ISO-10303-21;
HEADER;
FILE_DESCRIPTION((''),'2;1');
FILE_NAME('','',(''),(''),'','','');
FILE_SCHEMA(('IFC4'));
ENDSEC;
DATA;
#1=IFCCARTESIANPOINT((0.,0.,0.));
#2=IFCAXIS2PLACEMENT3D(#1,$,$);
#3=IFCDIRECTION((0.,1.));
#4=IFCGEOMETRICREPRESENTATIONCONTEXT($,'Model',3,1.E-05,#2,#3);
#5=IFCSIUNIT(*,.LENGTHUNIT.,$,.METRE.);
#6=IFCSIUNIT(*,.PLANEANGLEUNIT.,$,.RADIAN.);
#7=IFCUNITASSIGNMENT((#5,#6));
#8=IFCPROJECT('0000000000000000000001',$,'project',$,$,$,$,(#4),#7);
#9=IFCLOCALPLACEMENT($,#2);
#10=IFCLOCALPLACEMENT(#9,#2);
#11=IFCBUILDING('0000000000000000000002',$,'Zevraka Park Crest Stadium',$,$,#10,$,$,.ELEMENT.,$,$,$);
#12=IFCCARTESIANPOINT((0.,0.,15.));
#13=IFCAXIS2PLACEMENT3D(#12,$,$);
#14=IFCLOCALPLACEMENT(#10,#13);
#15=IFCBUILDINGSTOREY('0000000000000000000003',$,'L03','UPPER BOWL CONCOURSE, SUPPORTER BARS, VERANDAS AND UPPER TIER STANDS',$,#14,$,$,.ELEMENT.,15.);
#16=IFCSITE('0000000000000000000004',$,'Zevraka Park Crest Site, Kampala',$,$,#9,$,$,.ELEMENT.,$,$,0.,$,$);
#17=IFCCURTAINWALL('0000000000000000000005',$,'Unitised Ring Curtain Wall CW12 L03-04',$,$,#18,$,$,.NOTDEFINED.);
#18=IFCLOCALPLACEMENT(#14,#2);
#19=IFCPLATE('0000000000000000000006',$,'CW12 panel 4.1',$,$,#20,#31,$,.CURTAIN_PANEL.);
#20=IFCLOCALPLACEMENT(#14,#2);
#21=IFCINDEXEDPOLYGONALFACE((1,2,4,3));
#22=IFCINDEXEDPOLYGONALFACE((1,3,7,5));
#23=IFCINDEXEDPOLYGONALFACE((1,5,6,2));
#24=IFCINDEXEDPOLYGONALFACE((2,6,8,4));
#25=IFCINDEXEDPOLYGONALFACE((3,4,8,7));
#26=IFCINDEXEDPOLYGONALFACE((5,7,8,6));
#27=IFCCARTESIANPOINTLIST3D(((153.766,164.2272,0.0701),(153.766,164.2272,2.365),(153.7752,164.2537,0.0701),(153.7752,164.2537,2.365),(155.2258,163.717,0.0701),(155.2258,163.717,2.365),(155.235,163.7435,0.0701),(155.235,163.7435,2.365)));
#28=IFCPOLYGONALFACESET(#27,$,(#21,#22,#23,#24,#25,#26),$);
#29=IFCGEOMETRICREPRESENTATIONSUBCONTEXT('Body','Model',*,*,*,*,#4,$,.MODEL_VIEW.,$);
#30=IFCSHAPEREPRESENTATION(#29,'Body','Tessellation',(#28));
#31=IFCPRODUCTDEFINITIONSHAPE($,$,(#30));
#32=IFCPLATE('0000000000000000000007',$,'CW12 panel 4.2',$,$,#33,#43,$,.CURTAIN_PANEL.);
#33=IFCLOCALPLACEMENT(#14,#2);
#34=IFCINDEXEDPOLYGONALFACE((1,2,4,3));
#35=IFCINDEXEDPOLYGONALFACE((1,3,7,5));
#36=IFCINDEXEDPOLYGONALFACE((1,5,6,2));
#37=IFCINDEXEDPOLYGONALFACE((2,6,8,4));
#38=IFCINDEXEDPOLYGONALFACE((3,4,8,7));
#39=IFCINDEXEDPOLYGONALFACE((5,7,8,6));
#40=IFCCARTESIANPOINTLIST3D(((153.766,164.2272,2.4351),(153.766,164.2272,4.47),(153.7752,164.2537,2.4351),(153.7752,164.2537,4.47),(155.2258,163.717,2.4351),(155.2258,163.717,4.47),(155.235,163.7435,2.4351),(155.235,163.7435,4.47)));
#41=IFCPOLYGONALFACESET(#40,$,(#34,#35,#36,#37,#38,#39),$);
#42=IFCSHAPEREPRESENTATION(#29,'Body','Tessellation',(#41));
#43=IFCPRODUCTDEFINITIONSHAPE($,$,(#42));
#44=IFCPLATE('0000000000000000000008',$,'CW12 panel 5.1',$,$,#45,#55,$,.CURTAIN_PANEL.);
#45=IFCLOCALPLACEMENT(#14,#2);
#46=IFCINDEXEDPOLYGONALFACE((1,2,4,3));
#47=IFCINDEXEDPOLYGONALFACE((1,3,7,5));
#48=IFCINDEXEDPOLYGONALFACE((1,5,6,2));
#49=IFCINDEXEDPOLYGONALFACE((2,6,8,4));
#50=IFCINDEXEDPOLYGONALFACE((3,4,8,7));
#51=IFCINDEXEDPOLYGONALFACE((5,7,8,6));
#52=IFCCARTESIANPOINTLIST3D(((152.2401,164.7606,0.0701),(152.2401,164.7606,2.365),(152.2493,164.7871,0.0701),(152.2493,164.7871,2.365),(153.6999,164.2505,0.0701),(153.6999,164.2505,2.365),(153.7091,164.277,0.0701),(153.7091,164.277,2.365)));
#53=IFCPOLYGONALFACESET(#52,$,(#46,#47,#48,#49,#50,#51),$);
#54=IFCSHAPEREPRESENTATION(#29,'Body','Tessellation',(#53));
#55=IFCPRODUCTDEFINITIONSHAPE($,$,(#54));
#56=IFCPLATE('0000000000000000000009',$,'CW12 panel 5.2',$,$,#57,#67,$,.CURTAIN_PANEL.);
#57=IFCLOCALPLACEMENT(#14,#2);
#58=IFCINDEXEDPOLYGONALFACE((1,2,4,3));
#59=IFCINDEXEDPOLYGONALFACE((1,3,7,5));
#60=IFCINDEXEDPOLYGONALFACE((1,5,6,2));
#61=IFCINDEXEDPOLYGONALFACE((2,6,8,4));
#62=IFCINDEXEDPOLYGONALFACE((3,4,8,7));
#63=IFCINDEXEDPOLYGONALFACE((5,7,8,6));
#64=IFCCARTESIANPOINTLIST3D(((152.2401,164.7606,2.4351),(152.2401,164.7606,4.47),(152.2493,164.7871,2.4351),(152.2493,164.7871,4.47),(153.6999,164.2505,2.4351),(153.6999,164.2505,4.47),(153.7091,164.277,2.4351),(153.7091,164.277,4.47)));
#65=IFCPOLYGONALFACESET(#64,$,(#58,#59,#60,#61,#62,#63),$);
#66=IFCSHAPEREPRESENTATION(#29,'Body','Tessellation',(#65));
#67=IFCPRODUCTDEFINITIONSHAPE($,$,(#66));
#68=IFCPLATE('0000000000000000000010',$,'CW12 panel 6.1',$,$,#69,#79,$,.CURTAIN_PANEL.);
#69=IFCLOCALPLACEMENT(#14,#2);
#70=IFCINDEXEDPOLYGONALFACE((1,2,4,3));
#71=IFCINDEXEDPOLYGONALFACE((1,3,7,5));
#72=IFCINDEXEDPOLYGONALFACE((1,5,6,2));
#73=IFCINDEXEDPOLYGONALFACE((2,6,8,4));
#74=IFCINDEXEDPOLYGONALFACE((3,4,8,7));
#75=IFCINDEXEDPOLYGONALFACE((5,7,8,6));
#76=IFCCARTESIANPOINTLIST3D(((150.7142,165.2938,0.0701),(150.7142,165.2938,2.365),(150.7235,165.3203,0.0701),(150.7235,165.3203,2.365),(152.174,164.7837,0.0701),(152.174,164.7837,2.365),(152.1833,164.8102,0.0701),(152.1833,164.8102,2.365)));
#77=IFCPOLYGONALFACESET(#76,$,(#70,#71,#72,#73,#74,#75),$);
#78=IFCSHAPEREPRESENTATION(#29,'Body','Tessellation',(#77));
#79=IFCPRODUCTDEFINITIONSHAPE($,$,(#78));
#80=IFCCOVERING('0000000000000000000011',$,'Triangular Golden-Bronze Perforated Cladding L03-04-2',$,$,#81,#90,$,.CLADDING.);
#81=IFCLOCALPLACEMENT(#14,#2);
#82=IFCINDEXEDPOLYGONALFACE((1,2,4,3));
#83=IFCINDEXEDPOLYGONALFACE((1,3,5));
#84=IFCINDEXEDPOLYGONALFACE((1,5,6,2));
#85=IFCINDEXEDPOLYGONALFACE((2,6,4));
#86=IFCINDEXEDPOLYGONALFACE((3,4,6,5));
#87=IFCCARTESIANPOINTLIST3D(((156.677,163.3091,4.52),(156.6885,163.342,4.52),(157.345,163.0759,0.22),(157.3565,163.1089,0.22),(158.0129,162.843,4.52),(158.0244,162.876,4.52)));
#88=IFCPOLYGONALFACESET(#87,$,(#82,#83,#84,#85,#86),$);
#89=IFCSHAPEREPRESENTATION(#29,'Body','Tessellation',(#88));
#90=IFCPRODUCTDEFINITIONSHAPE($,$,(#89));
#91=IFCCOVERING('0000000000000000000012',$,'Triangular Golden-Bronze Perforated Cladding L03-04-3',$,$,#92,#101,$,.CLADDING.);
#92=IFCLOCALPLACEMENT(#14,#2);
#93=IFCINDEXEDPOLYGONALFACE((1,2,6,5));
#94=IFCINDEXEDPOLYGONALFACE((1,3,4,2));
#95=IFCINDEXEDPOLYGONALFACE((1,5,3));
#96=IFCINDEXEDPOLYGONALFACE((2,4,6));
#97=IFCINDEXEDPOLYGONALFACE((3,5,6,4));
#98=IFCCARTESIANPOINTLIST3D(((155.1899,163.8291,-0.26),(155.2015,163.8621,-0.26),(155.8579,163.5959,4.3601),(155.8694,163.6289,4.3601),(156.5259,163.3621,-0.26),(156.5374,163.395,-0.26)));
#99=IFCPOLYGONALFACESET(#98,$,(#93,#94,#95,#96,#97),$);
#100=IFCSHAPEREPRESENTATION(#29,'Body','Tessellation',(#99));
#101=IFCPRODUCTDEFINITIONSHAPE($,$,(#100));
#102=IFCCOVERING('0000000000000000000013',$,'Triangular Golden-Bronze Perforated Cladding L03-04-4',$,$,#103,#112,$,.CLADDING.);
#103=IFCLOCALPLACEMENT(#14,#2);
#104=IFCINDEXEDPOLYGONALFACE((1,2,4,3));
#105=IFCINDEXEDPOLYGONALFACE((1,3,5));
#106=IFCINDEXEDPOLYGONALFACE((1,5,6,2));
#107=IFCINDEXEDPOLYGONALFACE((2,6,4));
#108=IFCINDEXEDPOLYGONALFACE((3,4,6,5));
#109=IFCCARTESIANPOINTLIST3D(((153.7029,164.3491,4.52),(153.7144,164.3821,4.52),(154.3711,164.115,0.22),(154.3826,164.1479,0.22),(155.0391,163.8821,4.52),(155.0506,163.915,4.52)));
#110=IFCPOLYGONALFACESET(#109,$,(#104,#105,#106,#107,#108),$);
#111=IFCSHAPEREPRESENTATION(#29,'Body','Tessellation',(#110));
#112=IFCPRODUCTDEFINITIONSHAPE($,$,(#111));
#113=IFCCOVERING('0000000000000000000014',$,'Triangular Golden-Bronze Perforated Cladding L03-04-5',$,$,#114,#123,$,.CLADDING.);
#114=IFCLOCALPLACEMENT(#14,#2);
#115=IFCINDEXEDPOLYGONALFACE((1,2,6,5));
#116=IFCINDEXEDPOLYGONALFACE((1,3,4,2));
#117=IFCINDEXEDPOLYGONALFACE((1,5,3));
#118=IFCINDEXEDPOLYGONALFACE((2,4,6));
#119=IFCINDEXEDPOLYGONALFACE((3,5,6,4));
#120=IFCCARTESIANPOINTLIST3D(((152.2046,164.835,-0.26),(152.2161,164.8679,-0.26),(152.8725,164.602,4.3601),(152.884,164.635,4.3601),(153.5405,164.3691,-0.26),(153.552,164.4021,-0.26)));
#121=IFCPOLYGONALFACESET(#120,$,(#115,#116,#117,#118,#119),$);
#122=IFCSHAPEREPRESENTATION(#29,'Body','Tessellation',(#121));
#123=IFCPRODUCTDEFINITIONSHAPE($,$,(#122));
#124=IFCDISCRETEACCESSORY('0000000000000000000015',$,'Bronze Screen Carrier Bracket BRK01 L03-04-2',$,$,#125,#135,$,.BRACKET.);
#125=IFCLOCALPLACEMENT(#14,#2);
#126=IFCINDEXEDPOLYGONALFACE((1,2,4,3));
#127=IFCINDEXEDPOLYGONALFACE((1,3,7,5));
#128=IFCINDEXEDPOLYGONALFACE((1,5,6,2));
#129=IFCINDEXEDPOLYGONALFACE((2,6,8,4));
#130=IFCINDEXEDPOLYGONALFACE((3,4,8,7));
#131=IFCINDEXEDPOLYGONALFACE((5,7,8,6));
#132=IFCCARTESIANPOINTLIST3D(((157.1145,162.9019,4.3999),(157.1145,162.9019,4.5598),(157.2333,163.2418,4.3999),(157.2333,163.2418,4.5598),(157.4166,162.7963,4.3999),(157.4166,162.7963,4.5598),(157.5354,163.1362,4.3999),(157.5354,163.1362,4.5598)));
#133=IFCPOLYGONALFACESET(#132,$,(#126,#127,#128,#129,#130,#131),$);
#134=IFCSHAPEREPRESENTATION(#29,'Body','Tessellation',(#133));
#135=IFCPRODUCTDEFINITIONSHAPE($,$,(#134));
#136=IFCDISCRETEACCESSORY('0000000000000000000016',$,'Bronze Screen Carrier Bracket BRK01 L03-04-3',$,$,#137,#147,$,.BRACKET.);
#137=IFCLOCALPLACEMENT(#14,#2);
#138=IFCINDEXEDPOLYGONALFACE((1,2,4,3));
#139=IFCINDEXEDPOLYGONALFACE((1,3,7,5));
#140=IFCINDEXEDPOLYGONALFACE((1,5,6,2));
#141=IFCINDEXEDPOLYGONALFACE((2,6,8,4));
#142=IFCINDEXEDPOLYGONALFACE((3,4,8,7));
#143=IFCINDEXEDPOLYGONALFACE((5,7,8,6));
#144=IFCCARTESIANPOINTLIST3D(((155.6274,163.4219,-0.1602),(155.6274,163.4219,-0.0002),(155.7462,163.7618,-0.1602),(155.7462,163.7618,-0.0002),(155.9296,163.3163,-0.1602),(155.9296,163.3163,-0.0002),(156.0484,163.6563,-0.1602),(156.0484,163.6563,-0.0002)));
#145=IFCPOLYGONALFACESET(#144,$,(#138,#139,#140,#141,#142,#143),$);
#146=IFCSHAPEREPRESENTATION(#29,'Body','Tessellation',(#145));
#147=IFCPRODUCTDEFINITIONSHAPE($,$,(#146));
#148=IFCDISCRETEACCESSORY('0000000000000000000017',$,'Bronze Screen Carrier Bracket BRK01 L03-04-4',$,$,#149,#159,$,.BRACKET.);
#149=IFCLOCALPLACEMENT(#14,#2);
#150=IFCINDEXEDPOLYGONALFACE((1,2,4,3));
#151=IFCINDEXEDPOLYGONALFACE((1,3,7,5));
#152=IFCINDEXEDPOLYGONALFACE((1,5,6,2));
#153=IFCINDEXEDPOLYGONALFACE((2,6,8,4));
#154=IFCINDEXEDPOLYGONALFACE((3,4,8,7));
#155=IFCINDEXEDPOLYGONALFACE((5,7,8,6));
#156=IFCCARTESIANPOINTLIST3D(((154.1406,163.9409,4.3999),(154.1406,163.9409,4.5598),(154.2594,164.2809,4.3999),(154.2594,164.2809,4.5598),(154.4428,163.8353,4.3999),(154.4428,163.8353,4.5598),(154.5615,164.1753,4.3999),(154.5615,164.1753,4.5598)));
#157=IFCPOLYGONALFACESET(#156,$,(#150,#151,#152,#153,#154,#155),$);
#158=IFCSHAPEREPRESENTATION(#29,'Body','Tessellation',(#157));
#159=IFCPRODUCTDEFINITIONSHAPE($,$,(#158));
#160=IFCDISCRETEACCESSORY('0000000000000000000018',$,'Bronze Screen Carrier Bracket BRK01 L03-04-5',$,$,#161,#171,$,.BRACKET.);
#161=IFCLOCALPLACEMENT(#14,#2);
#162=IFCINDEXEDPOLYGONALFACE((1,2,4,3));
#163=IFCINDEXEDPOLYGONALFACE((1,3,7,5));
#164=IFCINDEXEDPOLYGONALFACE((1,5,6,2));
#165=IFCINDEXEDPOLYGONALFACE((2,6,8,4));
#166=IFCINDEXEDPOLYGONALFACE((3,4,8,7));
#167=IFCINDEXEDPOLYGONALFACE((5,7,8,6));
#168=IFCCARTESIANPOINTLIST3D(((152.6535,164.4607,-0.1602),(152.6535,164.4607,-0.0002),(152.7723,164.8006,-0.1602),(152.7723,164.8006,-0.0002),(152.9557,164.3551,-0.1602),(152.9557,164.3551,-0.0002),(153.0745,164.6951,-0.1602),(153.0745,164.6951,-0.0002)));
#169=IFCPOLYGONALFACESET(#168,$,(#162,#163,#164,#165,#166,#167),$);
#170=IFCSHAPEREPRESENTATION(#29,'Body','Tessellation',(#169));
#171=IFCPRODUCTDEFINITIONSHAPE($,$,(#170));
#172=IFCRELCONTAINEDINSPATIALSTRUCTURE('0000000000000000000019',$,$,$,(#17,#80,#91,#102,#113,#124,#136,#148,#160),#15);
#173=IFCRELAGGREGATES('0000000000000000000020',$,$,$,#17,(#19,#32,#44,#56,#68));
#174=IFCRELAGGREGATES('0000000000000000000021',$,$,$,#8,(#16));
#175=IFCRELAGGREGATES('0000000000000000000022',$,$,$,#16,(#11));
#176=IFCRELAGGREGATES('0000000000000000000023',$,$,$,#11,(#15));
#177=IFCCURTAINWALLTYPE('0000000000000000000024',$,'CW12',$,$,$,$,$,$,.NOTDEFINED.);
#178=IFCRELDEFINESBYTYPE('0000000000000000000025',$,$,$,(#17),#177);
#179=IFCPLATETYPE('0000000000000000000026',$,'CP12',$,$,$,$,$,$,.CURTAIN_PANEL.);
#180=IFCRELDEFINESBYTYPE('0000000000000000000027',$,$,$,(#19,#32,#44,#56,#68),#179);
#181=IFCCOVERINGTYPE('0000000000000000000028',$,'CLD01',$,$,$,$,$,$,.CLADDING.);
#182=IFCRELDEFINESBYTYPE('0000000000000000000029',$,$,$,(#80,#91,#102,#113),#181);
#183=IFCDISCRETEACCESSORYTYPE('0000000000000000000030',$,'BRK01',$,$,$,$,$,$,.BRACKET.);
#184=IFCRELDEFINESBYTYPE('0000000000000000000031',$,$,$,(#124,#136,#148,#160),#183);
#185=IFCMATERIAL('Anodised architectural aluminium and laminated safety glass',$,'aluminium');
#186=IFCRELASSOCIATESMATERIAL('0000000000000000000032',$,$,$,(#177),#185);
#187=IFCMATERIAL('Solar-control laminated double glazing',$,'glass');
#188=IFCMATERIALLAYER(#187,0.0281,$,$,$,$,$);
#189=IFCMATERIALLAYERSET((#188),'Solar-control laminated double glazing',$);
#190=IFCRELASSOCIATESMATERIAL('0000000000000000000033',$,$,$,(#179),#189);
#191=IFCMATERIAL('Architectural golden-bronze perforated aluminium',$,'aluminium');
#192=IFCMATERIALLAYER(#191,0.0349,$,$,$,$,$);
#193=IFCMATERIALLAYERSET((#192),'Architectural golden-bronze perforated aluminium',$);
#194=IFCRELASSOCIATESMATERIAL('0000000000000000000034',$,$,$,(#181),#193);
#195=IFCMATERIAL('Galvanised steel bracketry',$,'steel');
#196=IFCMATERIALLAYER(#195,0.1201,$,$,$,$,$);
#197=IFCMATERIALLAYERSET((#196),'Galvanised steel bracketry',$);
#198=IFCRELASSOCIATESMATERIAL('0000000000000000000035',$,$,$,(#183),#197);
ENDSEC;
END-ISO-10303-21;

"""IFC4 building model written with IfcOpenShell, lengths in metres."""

from ifc_helpers import new_model, si_unit, direction, frame, origin, origin_2d, place, context, subcontext, project, spatial, polyline, rectangle, outline, extrude, material, layer, layer_set, type_object, element, aggregate, save


model = new_model("IFC4")

# Units and contexts
model_context = context("Model", 3, precision=1e-05, world=origin(), true_north=direction((0.0, 1.0)))
body_context = subcontext(model_context, "Body", "Model", "MODEL_VIEW")
ifc_project = project(units=[si_unit("LENGTHUNIT", "METRE"), si_unit("PLANEANGLEUNIT", "RADIAN")], contexts=[model_context])

# Site, building, storey
site_placement = place(None, origin())
site = spatial("IfcSite", under=ifc_project, at=site_placement, Name="Zevraka Park Crest Site, Kampala", CompositionType="ELEMENT", RefElevation=0.0)
building_placement = place(site_placement, origin())
building = spatial("IfcBuilding", under=site, at=building_placement, Name="Zevraka Park Crest Stadium", CompositionType="ELEMENT")
storey_placement = place(building_placement, frame((0.0, 0.0, 15.0)))
storey = spatial("IfcBuildingStorey", under=building, at=storey_placement, Name="L03", Description="UPPER BOWL CONCOURSE, SUPPORTER BARS, VERANDAS AND UPPER TIER STANDS", CompositionType="ELEMENT", Elevation=15.0)

# Curtain wall
ifc_material_1 = material(Name="Anodised architectural aluminium and laminated safety glass", Category="aluminium")
curtain_wall_type = type_object("IfcCurtainWallType", Name="CW12", PredefinedType="NOTDEFINED", material=ifc_material_1)
curtain_wall_placement = place(storey_placement, origin())
curtain_wall = element("IfcCurtainWall", 1, at=curtain_wall_placement, inside=storey, type_object=curtain_wall_type, Name="Unitised Ring Curtain Wall CW12 L03-04", PredefinedType="NOTDEFINED")

# Plates
ifc_material_2 = material(Name="Solar-control laminated double glazing", Category="glass")
ifc_layer_1 = layer(ifc_material_2, 0.0281)
ifc_layer_set_1 = layer_set([ifc_layer_1], Name="Solar-control laminated double glazing")
plate_type = type_object("IfcPlateType", Name="CP12", PredefinedType="CURTAIN_PANEL", material=ifc_layer_set_1)
plate_1_placement = place(storey_placement, frame((154.5005, 163.9854, 0.0701), z_axis=(0.0, 0.0, 1.0), x_axis=(-0.94401, 0.329917, 0.0)))
plate_1 = element("IfcPlate", 2, at=plate_1_placement, type_object=plate_type, Name="CW12 panel 4.1", PredefinedType="CURTAIN_PANEL", context=body_context, shape_type="SweptSolid", body=[
    extrude(rectangle(XDim=1.5464, YDim=0.0281, at=origin_2d()), origin(), (0.0, 0.0, 1.0), 2.2949),
])
plate_2_placement = place(storey_placement, frame((154.5005, 163.9854, 2.4351), z_axis=(0.0, 0.0, 1.0), x_axis=(-0.94401, 0.329917, 0.0)))
plate_2 = element("IfcPlate", 3, at=plate_2_placement, type_object=plate_type, Name="CW12 panel 4.2", PredefinedType="CURTAIN_PANEL", context=body_context, shape_type="SweptSolid", body=[
    extrude(rectangle(XDim=1.5464, YDim=0.0281, at=origin_2d()), origin(), (0.0, 0.0, 1.0), 2.0349),
])
plate_3_placement = place(storey_placement, frame((152.9746, 164.5188, 0.0701), z_axis=(0.0, 0.0, 1.0), x_axis=(-0.94401, 0.329917, 0.0)))
plate_3 = element("IfcPlate", 4, at=plate_3_placement, type_object=plate_type, Name="CW12 panel 5.1", PredefinedType="CURTAIN_PANEL", context=body_context, shape_type="SweptSolid", body=[
    extrude(rectangle(XDim=1.5464, YDim=0.0281, at=origin_2d()), origin(), (0.0, 0.0, 1.0), 2.2949),
])
plate_4_placement = place(storey_placement, frame((152.9746, 164.5188, 2.4351), z_axis=(0.0, 0.0, 1.0), x_axis=(-0.94401, 0.329917, 0.0)))
plate_4 = element("IfcPlate", 5, at=plate_4_placement, type_object=plate_type, Name="CW12 panel 5.2", PredefinedType="CURTAIN_PANEL", context=body_context, shape_type="SweptSolid", body=[
    extrude(rectangle(XDim=1.5464, YDim=0.0281, at=origin_2d()), origin(), (0.0, 0.0, 1.0), 2.0349),
])
plate_5_placement = place(storey_placement, frame((151.4487, 165.052, 0.0701), z_axis=(0.0, 0.0, 1.0), x_axis=(-0.94401, 0.329917, 0.0)))
plate_5 = element("IfcPlate", 6, at=plate_5_placement, type_object=plate_type, Name="CW12 panel 6.1", PredefinedType="CURTAIN_PANEL", context=body_context, shape_type="SweptSolid", body=[
    extrude(rectangle(XDim=1.5464, YDim=0.0281, at=origin_2d()), origin(), (0.0, 0.0, 1.0), 2.2949),
])
aggregate(curtain_wall, [plate_1, plate_2, plate_3, plate_4, plate_5])

# Coverings
ifc_material_3 = material(Name="Architectural golden-bronze perforated aluminium", Category="aluminium")
ifc_layer_2 = layer(ifc_material_3, 0.0349)
ifc_layer_set_2 = layer_set([ifc_layer_2], Name="Architectural golden-bronze perforated aluminium")
covering_type = type_object("IfcCoveringType", Name="CLD01", PredefinedType="CLADDING", material=ifc_layer_set_2)
covering_1_placement = place(storey_placement, frame((156.677, 163.3091, 4.52), z_axis=(-0.329397, -0.944191, 0.000027), x_axis=(0.944191, -0.329397, 0.0)))
element("IfcCovering", 7, at=covering_1_placement, inside=storey, type_object=covering_type, Name="Triangular Golden-Bronze Perforated Cladding L03-04-2", PredefinedType="CLADDING", context=body_context, shape_type="SweptSolid", body=[
    extrude(outline(polyline([(0.0, 0.0), (1.4149, 0.0), (0.7075, -4.3), (0.0, 0.0)])), origin(), (0.0, 0.0, -1.0), 0.0349),
])
covering_2_placement = place(storey_placement, frame((156.5259, 163.3621, -0.26), z_axis=(-0.330012, -0.943977, 0.000075), x_axis=(-0.943977, 0.330012, 0.0)))
element("IfcCovering", 8, at=covering_2_placement, inside=storey, type_object=covering_type, Name="Triangular Golden-Bronze Perforated Cladding L03-04-3", PredefinedType="CLADDING", context=body_context, shape_type="SweptSolid", body=[
    extrude(outline(polyline([(0.0, 0.0), (1.4152, 0.0), (0.7077, -4.6201), (0.0, 0.0)])), origin(), (0.0, 0.0, -1.0), 0.0349),
])
covering_3_placement = place(storey_placement, frame((153.7029, 164.3491, 4.52), z_axis=(-0.329959, -0.943995, 0.000125), x_axis=(0.943995, -0.329959, 0.0)))
element("IfcCovering", 9, at=covering_3_placement, inside=storey, type_object=covering_type, Name="Triangular Golden-Bronze Perforated Cladding L03-04-4", PredefinedType="CLADDING", context=body_context, shape_type="SweptSolid", body=[
    extrude(outline(polyline([(0.0, 0.0), (1.4155, 0.0), (0.708, -4.3), (0.0, 0.0)])), origin(), (0.0, 0.0, -1.0), 0.0349),
])
covering_4_placement = place(storey_placement, frame((153.552, 164.4021, -0.26), z_axis=(0.329243, 0.944245, 0.0), x_axis=(-0.944245, 0.329243, 0.0)))
element("IfcCovering", 10, at=covering_4_placement, inside=storey, type_object=covering_type, Name="Triangular Golden-Bronze Perforated Cladding L03-04-5", PredefinedType="CLADDING", context=body_context, shape_type="SweptSolid", body=[
    extrude(outline(polyline([(0.0, 0.0), (1.4148, 0.0), (0.7074, 4.6201), (0.0, 0.0)])), origin(), (0.0, 0.0, -1.0), 0.0349),
])

# Discrete accessories
ifc_material_4 = material(Name="Galvanised steel bracketry", Category="steel")
ifc_layer_3 = layer(ifc_material_4, 0.1201)
ifc_layer_set_3 = layer_set([ifc_layer_3], Name="Galvanised steel bracketry")
discrete_accessory_type = type_object("IfcDiscreteAccessoryType", Name="BRK01", PredefinedType="BRACKET", material=ifc_layer_set_3)
for number, where, z_axis, x_axis, name in (
    (11, (157.325, 163.019, 4.3999), (0.0, 0.0, 1.0), (-0.944031, 0.329855, 0.0), "Bronze Screen Carrier Bracket BRK01 L03-04-2"),
    (12, (155.8379, 163.5391, -0.1602), (0.0, 0.0, 1.0), (-0.944031, 0.329855, 0.0), "Bronze Screen Carrier Bracket BRK01 L03-04-3"),
    (13, (154.3511, 164.0581, 4.3999), (0.0, 0.0, 1.0), (-0.944031, 0.329855, 0.0), "Bronze Screen Carrier Bracket BRK01 L03-04-4"),
    (14, (152.864, 164.5779, -0.1602), (0.0, 0.0, 1.0), (-0.944031, 0.329855, 0.0), "Bronze Screen Carrier Bracket BRK01 L03-04-5"),
):
    element("IfcDiscreteAccessory", number, at=place(storey_placement, frame(where, z_axis=z_axis, x_axis=x_axis)), inside=storey, type_object=discrete_accessory_type, Name=name, PredefinedType="BRACKET", context=body_context, shape_type="SweptSolid", body=[
        extrude(rectangle(XDim=0.3201, YDim=0.3601, at=origin_2d()), origin(), (0.0, 0.0, 1.0), 0.1599),
    ])

save(model, "model.ifc")
